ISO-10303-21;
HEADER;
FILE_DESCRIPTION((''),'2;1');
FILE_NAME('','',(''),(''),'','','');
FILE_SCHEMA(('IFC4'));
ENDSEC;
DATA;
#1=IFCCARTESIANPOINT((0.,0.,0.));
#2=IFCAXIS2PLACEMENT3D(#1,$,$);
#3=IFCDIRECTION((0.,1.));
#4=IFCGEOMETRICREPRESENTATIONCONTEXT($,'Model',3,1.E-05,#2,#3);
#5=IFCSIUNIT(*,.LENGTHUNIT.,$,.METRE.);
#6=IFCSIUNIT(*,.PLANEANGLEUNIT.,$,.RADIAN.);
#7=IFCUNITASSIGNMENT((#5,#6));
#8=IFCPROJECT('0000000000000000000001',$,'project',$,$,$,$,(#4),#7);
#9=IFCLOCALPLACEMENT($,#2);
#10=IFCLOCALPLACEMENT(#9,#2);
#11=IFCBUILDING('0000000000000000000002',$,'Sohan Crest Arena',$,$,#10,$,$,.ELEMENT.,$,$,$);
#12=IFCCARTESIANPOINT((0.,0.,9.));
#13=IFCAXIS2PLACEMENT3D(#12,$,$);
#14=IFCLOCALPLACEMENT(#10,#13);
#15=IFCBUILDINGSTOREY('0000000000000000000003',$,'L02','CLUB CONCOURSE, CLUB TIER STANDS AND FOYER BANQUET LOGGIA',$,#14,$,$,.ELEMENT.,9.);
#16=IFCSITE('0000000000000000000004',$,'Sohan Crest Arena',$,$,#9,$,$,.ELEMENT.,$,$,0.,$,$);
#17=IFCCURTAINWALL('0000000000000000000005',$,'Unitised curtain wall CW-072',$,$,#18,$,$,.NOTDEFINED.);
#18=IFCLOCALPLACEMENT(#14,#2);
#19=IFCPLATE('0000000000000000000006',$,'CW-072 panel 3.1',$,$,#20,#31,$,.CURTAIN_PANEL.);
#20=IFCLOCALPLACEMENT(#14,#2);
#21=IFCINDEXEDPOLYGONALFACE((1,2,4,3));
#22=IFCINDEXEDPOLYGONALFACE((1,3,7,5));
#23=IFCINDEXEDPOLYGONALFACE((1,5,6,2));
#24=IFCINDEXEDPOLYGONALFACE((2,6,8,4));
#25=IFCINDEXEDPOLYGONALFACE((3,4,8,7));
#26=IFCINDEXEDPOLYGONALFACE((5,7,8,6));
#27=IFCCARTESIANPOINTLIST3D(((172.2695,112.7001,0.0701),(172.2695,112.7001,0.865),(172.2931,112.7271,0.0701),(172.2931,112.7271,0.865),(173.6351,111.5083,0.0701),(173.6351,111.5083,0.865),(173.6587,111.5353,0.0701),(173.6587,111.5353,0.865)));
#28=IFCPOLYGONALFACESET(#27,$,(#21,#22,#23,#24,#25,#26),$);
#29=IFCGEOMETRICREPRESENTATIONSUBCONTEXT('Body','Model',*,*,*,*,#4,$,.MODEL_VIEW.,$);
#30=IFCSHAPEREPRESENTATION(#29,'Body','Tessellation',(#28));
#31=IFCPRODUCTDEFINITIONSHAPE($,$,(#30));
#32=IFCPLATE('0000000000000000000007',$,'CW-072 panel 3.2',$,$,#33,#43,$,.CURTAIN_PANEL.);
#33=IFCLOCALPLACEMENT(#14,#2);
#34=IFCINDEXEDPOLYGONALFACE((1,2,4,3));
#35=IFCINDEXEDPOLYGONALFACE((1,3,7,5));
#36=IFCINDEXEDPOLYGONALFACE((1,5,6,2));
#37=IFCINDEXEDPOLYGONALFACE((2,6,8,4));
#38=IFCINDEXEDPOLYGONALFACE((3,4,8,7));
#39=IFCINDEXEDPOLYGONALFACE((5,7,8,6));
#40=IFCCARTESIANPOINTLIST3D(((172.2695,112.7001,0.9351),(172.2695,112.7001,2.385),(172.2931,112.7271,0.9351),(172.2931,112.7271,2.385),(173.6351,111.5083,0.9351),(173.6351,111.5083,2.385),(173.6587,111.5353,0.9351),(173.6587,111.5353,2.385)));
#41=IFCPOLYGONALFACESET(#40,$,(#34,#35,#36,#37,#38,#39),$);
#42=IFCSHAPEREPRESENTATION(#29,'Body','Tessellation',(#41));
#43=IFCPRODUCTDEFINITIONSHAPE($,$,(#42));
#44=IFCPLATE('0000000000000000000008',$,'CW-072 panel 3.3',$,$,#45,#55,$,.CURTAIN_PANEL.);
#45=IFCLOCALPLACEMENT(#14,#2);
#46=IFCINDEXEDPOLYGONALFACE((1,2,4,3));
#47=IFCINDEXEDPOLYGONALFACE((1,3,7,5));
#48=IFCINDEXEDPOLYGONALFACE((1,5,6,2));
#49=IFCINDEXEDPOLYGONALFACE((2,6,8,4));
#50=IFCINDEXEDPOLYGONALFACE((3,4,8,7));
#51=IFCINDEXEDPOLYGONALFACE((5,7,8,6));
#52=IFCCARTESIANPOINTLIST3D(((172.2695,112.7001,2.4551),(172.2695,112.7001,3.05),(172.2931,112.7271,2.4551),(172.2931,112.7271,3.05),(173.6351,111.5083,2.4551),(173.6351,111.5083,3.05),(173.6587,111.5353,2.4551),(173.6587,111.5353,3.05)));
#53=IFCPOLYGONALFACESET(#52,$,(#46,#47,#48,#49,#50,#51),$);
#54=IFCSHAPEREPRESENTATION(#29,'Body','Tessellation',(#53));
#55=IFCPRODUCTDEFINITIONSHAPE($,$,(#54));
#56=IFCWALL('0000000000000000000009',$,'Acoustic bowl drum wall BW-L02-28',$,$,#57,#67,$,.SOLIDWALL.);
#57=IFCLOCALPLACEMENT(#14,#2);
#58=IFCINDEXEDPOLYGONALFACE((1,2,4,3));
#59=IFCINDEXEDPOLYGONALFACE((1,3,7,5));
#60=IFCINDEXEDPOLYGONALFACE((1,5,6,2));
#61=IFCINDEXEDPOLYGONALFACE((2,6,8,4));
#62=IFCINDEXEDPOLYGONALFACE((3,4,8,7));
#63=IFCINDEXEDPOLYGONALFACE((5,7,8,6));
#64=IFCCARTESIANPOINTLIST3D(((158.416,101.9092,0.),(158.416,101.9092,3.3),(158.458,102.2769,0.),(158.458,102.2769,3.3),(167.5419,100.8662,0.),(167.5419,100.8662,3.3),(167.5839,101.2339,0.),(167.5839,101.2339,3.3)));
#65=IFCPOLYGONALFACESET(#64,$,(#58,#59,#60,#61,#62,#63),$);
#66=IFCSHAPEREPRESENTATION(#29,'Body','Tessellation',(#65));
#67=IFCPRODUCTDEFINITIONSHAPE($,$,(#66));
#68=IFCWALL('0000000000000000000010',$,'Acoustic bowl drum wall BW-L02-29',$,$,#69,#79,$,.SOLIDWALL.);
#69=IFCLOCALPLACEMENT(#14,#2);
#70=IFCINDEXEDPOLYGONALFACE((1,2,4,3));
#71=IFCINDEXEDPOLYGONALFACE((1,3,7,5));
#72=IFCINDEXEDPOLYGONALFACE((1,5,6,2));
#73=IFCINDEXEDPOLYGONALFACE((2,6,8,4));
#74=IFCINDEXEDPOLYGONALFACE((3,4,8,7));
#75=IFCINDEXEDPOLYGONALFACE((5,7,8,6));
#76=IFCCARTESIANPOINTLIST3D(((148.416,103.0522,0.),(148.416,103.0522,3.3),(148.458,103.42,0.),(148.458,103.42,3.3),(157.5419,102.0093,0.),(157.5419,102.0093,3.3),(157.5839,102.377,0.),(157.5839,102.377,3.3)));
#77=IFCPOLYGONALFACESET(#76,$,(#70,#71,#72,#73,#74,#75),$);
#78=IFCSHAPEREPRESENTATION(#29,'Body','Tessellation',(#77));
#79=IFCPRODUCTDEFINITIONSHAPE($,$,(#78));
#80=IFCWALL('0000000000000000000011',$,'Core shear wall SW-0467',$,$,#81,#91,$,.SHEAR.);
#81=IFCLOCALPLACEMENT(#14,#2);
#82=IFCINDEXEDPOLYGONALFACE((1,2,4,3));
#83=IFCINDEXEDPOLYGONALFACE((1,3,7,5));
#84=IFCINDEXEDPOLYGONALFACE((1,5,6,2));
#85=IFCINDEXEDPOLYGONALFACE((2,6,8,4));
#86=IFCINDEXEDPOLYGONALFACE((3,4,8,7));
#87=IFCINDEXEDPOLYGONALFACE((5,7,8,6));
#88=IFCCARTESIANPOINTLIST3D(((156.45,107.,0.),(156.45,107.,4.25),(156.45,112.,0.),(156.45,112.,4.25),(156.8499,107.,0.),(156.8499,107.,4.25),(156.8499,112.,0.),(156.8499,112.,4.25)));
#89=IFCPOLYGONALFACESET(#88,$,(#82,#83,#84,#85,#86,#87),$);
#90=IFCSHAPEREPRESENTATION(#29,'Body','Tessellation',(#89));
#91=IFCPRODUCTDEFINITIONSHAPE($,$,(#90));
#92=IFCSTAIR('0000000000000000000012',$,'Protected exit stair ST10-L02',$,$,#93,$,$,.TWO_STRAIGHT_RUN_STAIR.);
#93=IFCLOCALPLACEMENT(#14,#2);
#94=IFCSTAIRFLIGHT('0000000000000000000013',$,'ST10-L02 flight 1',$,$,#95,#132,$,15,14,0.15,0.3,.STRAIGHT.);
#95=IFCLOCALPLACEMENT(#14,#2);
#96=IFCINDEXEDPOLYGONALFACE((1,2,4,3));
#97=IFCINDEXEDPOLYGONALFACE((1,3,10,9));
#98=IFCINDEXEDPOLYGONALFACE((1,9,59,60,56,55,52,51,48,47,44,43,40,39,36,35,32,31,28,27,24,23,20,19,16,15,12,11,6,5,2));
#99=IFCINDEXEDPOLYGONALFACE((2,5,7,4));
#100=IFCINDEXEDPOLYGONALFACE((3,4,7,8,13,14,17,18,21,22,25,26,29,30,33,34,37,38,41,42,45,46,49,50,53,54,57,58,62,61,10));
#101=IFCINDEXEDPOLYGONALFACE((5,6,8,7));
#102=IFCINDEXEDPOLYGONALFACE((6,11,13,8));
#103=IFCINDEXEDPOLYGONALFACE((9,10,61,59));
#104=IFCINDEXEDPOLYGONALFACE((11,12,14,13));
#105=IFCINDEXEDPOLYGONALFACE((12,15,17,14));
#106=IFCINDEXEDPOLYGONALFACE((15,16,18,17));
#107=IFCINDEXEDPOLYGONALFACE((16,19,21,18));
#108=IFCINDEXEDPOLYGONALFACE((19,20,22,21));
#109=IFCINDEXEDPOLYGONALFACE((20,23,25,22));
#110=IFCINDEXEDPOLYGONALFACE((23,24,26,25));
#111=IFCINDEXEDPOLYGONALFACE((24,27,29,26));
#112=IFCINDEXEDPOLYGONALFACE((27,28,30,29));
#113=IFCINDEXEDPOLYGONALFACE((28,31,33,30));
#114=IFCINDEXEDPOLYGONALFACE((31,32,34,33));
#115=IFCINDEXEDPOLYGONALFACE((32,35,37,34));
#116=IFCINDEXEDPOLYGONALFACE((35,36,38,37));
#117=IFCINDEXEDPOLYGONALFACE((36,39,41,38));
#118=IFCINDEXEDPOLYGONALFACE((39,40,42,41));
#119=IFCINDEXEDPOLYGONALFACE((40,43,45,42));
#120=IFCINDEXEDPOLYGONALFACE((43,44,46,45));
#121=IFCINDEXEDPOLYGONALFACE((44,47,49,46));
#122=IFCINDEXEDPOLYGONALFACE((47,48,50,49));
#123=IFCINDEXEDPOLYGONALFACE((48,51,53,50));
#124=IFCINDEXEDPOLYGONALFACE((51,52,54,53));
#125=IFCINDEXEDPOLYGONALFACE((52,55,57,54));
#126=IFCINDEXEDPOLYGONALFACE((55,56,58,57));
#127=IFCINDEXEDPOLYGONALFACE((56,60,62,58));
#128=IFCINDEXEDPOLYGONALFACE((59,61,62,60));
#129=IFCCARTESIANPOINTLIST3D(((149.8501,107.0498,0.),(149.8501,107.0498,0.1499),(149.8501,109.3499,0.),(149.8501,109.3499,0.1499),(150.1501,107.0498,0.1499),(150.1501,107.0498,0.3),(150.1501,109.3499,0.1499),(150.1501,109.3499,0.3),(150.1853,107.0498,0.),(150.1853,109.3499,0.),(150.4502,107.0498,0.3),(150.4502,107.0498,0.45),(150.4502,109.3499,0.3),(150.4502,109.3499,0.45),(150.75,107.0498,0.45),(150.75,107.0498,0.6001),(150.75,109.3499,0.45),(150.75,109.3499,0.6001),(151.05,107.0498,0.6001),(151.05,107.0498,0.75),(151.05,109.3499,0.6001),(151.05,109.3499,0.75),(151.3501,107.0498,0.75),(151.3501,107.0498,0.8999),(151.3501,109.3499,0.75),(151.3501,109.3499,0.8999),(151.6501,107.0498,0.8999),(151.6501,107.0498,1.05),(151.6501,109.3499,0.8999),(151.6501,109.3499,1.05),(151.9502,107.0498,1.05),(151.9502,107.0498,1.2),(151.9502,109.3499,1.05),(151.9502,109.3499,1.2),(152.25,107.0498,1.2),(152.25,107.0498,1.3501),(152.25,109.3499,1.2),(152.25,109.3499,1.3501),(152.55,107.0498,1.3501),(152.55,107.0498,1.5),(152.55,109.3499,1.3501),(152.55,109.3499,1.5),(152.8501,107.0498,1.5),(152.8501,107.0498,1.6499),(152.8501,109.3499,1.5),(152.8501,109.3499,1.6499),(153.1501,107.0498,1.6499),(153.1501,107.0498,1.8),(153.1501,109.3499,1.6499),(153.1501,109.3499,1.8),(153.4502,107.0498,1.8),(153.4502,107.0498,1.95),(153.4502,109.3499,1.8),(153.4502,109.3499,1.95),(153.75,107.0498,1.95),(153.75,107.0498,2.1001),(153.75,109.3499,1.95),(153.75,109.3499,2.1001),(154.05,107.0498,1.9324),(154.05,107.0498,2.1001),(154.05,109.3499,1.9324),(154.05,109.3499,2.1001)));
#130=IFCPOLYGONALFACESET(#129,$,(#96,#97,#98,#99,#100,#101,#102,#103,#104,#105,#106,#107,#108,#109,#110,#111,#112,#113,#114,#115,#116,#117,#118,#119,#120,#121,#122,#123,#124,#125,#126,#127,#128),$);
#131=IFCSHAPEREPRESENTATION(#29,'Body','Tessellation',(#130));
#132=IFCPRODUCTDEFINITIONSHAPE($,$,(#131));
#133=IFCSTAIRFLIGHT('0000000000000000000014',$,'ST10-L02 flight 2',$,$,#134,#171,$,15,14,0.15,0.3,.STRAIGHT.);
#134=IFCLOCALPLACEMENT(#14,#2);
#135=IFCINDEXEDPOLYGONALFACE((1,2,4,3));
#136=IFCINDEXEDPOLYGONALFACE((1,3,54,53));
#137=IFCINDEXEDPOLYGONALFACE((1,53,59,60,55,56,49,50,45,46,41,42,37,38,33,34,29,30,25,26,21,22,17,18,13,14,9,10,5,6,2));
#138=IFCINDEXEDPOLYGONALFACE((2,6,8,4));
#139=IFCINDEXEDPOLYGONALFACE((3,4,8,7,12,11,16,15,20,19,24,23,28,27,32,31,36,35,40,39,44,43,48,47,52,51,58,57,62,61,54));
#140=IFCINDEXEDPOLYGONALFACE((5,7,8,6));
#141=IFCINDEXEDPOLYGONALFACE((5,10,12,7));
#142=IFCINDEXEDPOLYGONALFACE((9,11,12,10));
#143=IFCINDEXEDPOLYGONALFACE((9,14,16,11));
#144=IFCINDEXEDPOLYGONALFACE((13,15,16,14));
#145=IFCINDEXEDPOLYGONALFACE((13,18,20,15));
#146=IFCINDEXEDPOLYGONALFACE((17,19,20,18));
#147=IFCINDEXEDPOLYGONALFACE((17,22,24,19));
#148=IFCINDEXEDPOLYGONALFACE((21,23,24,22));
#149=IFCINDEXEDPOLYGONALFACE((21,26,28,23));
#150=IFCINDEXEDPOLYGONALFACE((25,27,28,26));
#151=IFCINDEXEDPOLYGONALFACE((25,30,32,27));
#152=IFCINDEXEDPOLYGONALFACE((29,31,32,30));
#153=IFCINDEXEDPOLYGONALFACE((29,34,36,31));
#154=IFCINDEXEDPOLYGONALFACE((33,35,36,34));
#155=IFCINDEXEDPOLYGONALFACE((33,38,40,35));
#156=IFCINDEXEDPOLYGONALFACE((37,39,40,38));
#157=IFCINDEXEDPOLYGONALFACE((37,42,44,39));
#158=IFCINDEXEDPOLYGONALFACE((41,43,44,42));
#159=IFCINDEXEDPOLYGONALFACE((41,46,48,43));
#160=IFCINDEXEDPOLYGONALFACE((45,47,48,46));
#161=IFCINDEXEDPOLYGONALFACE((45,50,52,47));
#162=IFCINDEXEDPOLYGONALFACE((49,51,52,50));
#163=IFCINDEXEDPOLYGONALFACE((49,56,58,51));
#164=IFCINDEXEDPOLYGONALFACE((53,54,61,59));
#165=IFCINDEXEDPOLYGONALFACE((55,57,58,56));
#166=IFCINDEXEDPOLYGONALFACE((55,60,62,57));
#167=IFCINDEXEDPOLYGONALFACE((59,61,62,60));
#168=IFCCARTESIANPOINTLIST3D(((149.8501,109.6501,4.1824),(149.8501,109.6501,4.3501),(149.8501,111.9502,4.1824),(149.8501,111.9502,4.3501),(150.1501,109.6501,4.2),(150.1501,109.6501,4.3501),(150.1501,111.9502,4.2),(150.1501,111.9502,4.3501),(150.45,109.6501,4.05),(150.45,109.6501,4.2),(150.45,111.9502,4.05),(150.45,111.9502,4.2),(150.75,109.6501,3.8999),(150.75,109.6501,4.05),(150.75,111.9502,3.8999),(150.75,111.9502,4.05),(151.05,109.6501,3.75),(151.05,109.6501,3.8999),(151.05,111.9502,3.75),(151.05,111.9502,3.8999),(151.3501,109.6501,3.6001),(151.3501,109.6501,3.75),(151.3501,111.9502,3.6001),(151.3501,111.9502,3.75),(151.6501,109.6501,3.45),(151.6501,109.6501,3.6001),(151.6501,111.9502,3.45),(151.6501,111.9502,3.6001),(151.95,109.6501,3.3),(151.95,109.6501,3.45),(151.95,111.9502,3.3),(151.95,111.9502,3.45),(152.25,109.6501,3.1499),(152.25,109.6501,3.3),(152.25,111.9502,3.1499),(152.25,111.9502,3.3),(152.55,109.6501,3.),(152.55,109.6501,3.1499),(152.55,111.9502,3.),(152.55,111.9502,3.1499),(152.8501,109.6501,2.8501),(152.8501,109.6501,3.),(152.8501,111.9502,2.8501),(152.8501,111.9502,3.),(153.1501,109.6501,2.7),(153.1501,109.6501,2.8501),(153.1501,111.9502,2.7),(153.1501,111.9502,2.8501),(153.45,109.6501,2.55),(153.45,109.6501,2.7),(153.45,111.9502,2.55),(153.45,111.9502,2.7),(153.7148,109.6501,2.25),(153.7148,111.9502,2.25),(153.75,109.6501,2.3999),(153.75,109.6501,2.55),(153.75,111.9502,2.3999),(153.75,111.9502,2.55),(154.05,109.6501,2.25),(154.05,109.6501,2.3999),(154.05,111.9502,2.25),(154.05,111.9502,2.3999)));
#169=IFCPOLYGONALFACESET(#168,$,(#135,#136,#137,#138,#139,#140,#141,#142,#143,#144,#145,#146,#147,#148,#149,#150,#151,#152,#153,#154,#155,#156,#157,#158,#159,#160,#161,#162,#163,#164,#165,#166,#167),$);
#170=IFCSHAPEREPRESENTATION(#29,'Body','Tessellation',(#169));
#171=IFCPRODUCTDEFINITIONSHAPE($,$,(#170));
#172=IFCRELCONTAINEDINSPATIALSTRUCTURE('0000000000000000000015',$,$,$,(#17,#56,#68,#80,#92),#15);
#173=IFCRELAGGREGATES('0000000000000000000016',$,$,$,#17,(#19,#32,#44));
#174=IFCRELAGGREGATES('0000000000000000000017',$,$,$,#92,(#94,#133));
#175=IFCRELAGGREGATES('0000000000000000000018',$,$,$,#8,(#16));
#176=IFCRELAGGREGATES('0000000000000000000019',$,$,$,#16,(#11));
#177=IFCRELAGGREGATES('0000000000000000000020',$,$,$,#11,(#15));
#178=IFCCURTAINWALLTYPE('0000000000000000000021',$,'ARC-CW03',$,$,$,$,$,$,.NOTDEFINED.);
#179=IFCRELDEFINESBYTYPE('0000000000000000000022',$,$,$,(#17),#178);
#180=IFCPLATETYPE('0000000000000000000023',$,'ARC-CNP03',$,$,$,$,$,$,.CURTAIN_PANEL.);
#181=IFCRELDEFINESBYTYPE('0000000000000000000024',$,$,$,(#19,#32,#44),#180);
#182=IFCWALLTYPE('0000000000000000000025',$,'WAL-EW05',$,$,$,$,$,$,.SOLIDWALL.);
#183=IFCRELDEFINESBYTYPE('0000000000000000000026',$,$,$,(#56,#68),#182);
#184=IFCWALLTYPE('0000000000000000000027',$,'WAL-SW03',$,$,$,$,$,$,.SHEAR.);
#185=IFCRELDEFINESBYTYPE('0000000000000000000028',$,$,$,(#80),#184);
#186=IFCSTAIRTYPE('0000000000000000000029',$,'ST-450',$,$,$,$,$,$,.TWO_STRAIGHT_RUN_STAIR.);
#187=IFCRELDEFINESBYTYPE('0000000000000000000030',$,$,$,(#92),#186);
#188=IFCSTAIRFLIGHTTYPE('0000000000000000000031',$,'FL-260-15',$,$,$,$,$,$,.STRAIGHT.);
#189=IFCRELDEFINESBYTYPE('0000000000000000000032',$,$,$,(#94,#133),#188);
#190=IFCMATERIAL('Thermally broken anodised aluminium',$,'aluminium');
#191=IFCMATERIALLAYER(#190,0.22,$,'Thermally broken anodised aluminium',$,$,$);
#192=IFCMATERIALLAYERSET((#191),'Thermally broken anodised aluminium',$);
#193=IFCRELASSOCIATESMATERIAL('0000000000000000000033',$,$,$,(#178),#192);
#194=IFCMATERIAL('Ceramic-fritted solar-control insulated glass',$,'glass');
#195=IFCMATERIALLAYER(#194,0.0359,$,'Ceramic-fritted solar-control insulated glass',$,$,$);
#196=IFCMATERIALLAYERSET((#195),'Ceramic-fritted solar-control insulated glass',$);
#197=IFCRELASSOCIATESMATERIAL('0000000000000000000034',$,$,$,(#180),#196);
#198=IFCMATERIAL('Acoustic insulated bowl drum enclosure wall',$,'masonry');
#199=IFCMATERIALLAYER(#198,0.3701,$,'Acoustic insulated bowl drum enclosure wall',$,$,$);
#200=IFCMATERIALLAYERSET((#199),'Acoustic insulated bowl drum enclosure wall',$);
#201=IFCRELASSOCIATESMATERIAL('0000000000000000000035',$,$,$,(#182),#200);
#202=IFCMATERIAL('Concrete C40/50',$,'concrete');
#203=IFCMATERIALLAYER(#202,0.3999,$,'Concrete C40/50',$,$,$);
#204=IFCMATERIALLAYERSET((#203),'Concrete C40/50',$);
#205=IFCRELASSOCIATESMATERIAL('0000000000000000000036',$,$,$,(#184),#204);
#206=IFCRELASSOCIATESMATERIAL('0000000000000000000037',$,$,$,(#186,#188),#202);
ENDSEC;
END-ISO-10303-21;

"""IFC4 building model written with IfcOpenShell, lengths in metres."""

from ifc_helpers import new_model, si_unit, direction, frame, frame_2d, origin, origin_2d, place, context, subcontext, project, spatial, polyline, rectangle, outline, extrude, material, layer, layer_set, type_object, element, aggregate, save


model = new_model("IFC4")

# Units and contexts
model_context = context("Model", 3, precision=1e-05, world=origin(), true_north=direction((0.0, 1.0)))
body_context = subcontext(model_context, "Body", "Model", "MODEL_VIEW")
ifc_project = project(units=[si_unit("LENGTHUNIT", "METRE"), si_unit("PLANEANGLEUNIT", "RADIAN")], contexts=[model_context])

# Site, building, storey
site_placement = place(None, origin())
site = spatial("IfcSite", under=ifc_project, at=site_placement, Name="Sohan Crest Arena", CompositionType="ELEMENT", RefElevation=0.0)
building_placement = place(site_placement, origin())
building = spatial("IfcBuilding", under=site, at=building_placement, Name="Sohan Crest Arena", CompositionType="ELEMENT")
storey_placement = place(building_placement, frame((0.0, 0.0, 9.0)))
storey = spatial("IfcBuildingStorey", under=building, at=storey_placement, Name="L02", Description="CLUB CONCOURSE, CLUB TIER STANDS AND FOYER BANQUET LOGGIA", CompositionType="ELEMENT", Elevation=9.0)

# Shared definitions
ifc_material_1 = material(Name="Concrete C40/50", Category="concrete")

# Curtain wall
ifc_material_2 = material(Name="Thermally broken anodised aluminium", Category="aluminium")
ifc_layer_1 = layer(ifc_material_2, 0.22, Name="Thermally broken anodised aluminium")
ifc_layer_set_1 = layer_set([ifc_layer_1], Name="Thermally broken anodised aluminium")
curtain_wall_type = type_object("IfcCurtainWallType", Name="ARC-CW03", PredefinedType="NOTDEFINED", material=ifc_layer_set_1)
curtain_wall_placement = place(storey_placement, origin())
curtain_wall = element("IfcCurtainWall", 1, at=curtain_wall_placement, inside=storey, type_object=curtain_wall_type, Name="Unitised curtain wall CW-072", PredefinedType="NOTDEFINED")

# Plates
ifc_material_3 = material(Name="Ceramic-fritted solar-control insulated glass", Category="glass")
ifc_layer_2 = layer(ifc_material_3, 0.0359, Name="Ceramic-fritted solar-control insulated glass")
ifc_layer_set_2 = layer_set([ifc_layer_2], Name="Ceramic-fritted solar-control insulated glass")
plate_type = type_object("IfcPlateType", Name="ARC-CNP03", PredefinedType="CURTAIN_PANEL", material=ifc_layer_set_2)
plate_1_placement = place(storey_placement, frame((172.9641, 112.1177, 0.0701), z_axis=(0.0, 0.0, 1.0), x_axis=(-0.753421, 0.657539, 0.0)))
plate_1 = element("IfcPlate", 2, at=plate_1_placement, type_object=plate_type, Name="CW-072 panel 3.1", PredefinedType="CURTAIN_PANEL", context=body_context, shape_type="SweptSolid", body=[
    extrude(rectangle(XDim=1.8125, YDim=0.0359, at=origin_2d()), origin(), (0.0, 0.0, 1.0), 0.7949),
])
plate_2_placement = place(storey_placement, frame((172.9641, 112.1177, 0.9351), z_axis=(0.0, 0.0, 1.0), x_axis=(-0.753421, 0.657539, 0.0)))
plate_2 = element("IfcPlate", 3, at=plate_2_placement, type_object=plate_type, Name="CW-072 panel 3.2", PredefinedType="CURTAIN_PANEL", context=body_context, shape_type="SweptSolid", body=[
    extrude(rectangle(XDim=1.8125, YDim=0.0359, at=origin_2d()), origin(), (0.0, 0.0, 1.0), 1.45),
])
plate_3_placement = place(storey_placement, frame((172.9641, 112.1177, 2.4551), z_axis=(0.0, 0.0, 1.0), x_axis=(-0.753421, 0.657539, 0.0)))
plate_3 = element("IfcPlate", 4, at=plate_3_placement, type_object=plate_type, Name="CW-072 panel 3.3", PredefinedType="CURTAIN_PANEL", context=body_context, shape_type="SweptSolid", body=[
    extrude(rectangle(XDim=1.8125, YDim=0.0359, at=origin_2d()), origin(), (0.0, 0.0, 1.0), 0.595),
])
aggregate(curtain_wall, [plate_1, plate_2, plate_3])

# Walls
ifc_material_4 = material(Name="Acoustic insulated bowl drum enclosure wall", Category="masonry")
ifc_layer_3 = layer(ifc_material_4, 0.3701, Name="Acoustic insulated bowl drum enclosure wall")
ifc_layer_set_3 = layer_set([ifc_layer_3], Name="Acoustic insulated bowl drum enclosure wall")
wall_type_1 = type_object("IfcWallType", Name="WAL-EW05", PredefinedType="SOLIDWALL", material=ifc_layer_set_3)
for number, where, z_axis, x_axis, name in (
    (5, (167.563, 101.05, 0.0), (0.0, 0.0, 1.0), (-0.993533, 0.113547, 0.0), "Acoustic bowl drum wall BW-L02-28"),
    (6, (157.563, 102.1931, 0.0), (0.0, 0.0, 1.0), (-0.993533, 0.113547, 0.0), "Acoustic bowl drum wall BW-L02-29"),
):
    element("IfcWall", number, at=place(storey_placement, frame(where, z_axis=z_axis, x_axis=x_axis)), inside=storey, type_object=wall_type_1, Name=name, PredefinedType="SOLIDWALL", context=body_context, shape_type="SweptSolid", body=[
        extrude(rectangle(XDim=9.1853, YDim=0.3701, at=frame_2d((4.5928, 0.0))), origin(), (0.0, 0.0, 1.0), 3.3),
    ])
ifc_layer_4 = layer(ifc_material_1, 0.3999, Name="Concrete C40/50")
ifc_layer_set_4 = layer_set([ifc_layer_4], Name="Concrete C40/50")
wall_type_2 = type_object("IfcWallType", Name="WAL-SW03", PredefinedType="SHEAR", material=ifc_layer_set_4)
wall_placement = place(storey_placement, frame((156.6499, 107.0, 0.0), z_axis=(0.0, 0.0, 1.0), x_axis=(0.0, 1.0, 0.0)))
element("IfcWall", 7, at=wall_placement, inside=storey, type_object=wall_type_2, Name="Core shear wall SW-0467", PredefinedType="SHEAR", context=body_context, shape_type="SweptSolid", body=[
    extrude(rectangle(XDim=5.0, YDim=0.3999, at=frame_2d((2.5, 0.0))), origin(), (0.0, 0.0, 1.0), 4.25),
])

# Stair, stair flights
stair_type = type_object("IfcStairType", Name="ST-450", PredefinedType="TWO_STRAIGHT_RUN_STAIR", material=ifc_material_1)
stair_placement = place(storey_placement, origin())
stair = element("IfcStair", 8, at=stair_placement, inside=storey, type_object=stair_type, Name="Protected exit stair ST10-L02", PredefinedType="TWO_STRAIGHT_RUN_STAIR")
stair_flight_type = type_object("IfcStairFlightType", Name="FL-260-15", PredefinedType="STRAIGHT", material=ifc_material_1)
stair_flight_1_placement = place(storey_placement, frame((149.8501, 108.2, 0.0), z_axis=(0.0, 0.0, 1.0), x_axis=(1.0, 0.0, 0.0)))
stair_flight_1 = element("IfcStairFlight", 9, at=stair_flight_1_placement, type_object=stair_flight_type, Name="ST10-L02 flight 1", NumberOfRisers=15, NumberOfTreads=14, PredefinedType="STRAIGHT", RiserHeight=0.15, TreadLength=0.3, context=body_context, shape_type="SweptSolid", body=[
    extrude(outline(polyline([(0.0, 0.0), (0.0, 0.1499), (0.3, 0.1499), (0.3, 0.3), (0.6001, 0.3), (0.6001, 0.45), (0.8999, 0.45), (0.8999, 0.6001), (1.2, 0.6001), (1.2, 0.75), (1.5, 0.75), (1.5, 0.8999), (1.8, 0.8999), (1.8, 1.05), (2.1001, 1.05), (2.1001, 1.2), (2.3999, 1.2), (2.3999, 1.3501), (2.7, 1.3501), (2.7, 1.5), (3.0, 1.5), (3.0, 1.6499), (3.3, 1.6499), (3.3, 1.8), (3.6001, 1.8), (3.6001, 1.95), (3.8999, 1.95), (3.8999, 2.1001), (4.2, 2.1001), (4.2, 2.25), (4.2, 1.9324), (0.3352, 0.0), (0.0, 0.0)])), frame((0.0, 1.1499, 0.0), z_axis=(0.0, -1.0, 0.0), x_axis=(1.0, 0.0, 0.0)), (0.0, 0.0, 1.0), 2.3),
])
stair_flight_2_placement = place(storey_placement, frame((154.05, 110.8, 2.25), z_axis=(0.0, 0.0, 1.0), x_axis=(-1.0, 0.0, 0.0)))
stair_flight_2 = element("IfcStairFlight", 10, at=stair_flight_2_placement, type_object=stair_flight_type, Name="ST10-L02 flight 2", NumberOfRisers=15, NumberOfTreads=14, PredefinedType="STRAIGHT", RiserHeight=0.15, TreadLength=0.3, context=body_context, shape_type="SweptSolid", body=[
    extrude(outline(polyline([(0.0, 0.0), (0.0, 0.1499), (0.3, 0.1499), (0.3, 0.3), (0.6001, 0.3), (0.6001, 0.45), (0.8999, 0.45), (0.8999, 0.6001), (1.2, 0.6001), (1.2, 0.75), (1.5, 0.75), (1.5, 0.8999), (1.8, 0.8999), (1.8, 1.05), (2.1001, 1.05), (2.1001, 1.2), (2.3999, 1.2), (2.3999, 1.3501), (2.7, 1.3501), (2.7, 1.5), (3.0, 1.5), (3.0, 1.6499), (3.3, 1.6499), (3.3, 1.8), (3.6001, 1.8), (3.6001, 1.95), (3.8999, 1.95), (3.8999, 2.1001), (4.2, 2.1001), (4.2, 2.25), (4.2, 1.9324), (0.3352, 0.0), (0.0, 0.0)])), frame((0.0, 1.1499, 0.0), z_axis=(0.0, -1.0, 0.0), x_axis=(1.0, 0.0, 0.0)), (0.0, 0.0, 1.0), 2.3),
])
aggregate(stair, [stair_flight_1, stair_flight_2])

save(model, "model.ifc")
